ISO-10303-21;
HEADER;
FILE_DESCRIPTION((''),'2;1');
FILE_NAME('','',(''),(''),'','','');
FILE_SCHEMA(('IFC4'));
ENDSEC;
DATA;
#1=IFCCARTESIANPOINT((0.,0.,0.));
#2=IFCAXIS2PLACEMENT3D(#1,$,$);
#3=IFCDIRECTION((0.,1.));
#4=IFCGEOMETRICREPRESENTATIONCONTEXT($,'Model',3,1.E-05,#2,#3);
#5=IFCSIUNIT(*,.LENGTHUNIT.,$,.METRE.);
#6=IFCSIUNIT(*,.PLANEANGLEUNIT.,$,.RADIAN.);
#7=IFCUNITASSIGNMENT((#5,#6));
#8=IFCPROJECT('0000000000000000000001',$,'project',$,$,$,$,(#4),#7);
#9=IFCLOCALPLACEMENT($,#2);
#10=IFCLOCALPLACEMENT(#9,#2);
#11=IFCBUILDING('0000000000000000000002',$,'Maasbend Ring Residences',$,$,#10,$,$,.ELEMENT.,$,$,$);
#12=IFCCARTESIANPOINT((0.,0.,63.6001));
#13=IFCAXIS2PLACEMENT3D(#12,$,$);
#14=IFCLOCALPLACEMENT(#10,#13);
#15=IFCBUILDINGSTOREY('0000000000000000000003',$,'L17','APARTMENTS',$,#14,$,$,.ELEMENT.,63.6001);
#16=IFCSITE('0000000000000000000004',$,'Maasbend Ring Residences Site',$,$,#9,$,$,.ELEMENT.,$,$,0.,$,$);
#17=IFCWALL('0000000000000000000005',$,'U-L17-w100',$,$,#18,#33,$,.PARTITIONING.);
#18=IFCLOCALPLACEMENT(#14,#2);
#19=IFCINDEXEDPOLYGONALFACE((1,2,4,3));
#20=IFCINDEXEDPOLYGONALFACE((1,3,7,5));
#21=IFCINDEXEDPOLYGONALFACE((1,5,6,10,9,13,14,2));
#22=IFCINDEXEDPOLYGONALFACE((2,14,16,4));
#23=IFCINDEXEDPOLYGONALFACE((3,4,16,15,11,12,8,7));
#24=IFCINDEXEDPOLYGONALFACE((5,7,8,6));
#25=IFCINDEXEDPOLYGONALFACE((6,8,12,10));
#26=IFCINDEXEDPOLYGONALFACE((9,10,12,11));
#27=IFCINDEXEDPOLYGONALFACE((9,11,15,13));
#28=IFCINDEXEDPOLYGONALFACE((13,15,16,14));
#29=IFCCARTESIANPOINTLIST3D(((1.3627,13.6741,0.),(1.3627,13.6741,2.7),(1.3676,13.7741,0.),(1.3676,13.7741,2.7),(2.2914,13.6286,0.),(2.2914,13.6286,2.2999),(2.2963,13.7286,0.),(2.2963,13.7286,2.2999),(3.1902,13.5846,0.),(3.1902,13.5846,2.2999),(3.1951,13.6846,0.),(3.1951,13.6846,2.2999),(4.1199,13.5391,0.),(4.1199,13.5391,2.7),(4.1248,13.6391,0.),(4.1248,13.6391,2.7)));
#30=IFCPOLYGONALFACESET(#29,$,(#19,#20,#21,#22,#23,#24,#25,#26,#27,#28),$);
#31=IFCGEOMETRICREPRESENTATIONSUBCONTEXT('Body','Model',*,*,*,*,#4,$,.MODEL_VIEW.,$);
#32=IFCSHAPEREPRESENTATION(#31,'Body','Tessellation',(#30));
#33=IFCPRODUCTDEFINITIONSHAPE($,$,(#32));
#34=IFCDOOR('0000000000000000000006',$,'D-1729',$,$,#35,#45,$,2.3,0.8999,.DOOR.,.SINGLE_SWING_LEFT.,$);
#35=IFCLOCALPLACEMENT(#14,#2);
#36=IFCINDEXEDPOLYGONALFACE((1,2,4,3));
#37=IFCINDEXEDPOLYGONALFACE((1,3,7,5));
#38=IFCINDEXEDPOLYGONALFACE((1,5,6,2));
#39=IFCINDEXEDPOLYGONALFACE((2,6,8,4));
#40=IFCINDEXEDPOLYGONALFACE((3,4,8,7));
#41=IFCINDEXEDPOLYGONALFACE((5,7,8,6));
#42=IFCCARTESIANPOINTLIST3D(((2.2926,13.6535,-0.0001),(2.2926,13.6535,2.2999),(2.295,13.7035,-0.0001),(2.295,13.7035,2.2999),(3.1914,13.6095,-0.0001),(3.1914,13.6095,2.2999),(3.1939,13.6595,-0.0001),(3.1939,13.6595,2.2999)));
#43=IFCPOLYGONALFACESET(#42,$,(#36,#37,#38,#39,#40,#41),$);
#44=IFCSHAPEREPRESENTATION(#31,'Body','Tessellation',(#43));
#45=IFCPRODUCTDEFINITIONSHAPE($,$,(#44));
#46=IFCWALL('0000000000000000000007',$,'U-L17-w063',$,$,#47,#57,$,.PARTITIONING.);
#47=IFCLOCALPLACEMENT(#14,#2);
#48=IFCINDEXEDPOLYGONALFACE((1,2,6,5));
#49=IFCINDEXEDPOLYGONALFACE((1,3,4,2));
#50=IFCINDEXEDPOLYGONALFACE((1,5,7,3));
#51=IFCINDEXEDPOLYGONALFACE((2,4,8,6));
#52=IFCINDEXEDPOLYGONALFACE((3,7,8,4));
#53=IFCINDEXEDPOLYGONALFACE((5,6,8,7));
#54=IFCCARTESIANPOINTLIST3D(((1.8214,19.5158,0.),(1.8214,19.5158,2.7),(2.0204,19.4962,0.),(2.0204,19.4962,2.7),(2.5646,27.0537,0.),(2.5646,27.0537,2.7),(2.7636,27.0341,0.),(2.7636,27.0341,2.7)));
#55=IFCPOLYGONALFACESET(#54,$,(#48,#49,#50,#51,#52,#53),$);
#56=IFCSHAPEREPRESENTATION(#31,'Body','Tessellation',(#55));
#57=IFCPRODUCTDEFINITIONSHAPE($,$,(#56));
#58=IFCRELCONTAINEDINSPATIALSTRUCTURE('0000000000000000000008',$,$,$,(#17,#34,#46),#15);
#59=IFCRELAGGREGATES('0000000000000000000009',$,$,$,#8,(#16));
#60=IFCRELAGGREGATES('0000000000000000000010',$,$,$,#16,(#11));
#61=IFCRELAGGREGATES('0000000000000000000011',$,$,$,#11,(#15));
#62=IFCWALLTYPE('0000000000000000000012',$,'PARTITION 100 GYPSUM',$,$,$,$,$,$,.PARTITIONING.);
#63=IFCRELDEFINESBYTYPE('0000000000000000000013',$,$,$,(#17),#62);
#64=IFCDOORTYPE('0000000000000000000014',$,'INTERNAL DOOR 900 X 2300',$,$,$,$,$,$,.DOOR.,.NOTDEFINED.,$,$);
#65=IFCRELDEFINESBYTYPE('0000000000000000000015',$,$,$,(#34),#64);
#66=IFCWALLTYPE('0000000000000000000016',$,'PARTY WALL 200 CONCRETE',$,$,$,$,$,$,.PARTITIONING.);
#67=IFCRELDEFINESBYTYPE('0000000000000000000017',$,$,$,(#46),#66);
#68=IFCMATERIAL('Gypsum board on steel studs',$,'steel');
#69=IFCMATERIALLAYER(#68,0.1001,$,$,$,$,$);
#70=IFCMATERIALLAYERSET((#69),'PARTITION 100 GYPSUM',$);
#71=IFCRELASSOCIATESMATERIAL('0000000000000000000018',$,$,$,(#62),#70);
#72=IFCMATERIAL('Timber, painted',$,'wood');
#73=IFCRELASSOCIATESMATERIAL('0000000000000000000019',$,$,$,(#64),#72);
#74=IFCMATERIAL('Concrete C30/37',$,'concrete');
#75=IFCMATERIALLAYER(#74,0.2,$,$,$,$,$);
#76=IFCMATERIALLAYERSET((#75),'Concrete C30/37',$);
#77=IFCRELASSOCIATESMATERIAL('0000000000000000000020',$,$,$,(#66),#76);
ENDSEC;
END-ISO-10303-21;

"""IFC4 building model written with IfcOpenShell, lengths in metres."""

from ifc_helpers import new_model, si_unit, direction, frame, frame_2d, origin, place, context, subcontext, project, spatial, rectangle, extrude, material, layer, layer_set, type_object, element, fill, save


model = new_model("IFC4")

# Units and contexts
model_context = context("Model", 3, precision=1e-05, world=origin(), true_north=direction((0.0, 1.0)))
body_context = subcontext(model_context, "Body", "Model", "MODEL_VIEW")
ifc_project = project(units=[si_unit("LENGTHUNIT", "METRE"), si_unit("PLANEANGLEUNIT", "RADIAN")], contexts=[model_context])

# Site, building, storey
site_placement = place(None, origin())
site = spatial("IfcSite", under=ifc_project, at=site_placement, Name="Maasbend Ring Residences Site", CompositionType="ELEMENT", RefElevation=0.0)
building_placement = place(site_placement, origin())
building = spatial("IfcBuilding", under=site, at=building_placement, Name="Maasbend Ring Residences", CompositionType="ELEMENT")
storey_placement = place(building_placement, frame((0.0, 0.0, 63.6001)))
storey = spatial("IfcBuildingStorey", under=building, at=storey_placement, Name="L17", Description="APARTMENTS", CompositionType="ELEMENT", Elevation=63.6001)

# Shared definitions
ifc_material_1 = material(Name="Gypsum board on steel studs", Category="steel")
ifc_layer_1 = layer(ifc_material_1, 0.1001)
ifc_layer_set_1 = layer_set([ifc_layer_1], Name="PARTITION 100 GYPSUM")
wall_type_1 = type_object("IfcWallType", Name="PARTITION 100 GYPSUM", PredefinedType="PARTITIONING", material=ifc_layer_set_1)

# Shared definitions
ifc_material_2 = material(Name="Timber, painted", Category="wood")
door_type_1 = type_object("IfcDoorType", Name="INTERNAL DOOR 900 X 2300", OperationType="NOTDEFINED", PredefinedType="DOOR", material=ifc_material_2)

# Wall, opening, door
wall_1_placement = place(storey_placement, frame((1.365, 13.7241, 0.0), z_axis=(0.0, 0.0, 1.0), x_axis=(0.998803, -0.04891, 0.0)))
wall_1 = element("IfcWall", 1, at=wall_1_placement, inside=storey, type_object=wall_type_1, Name="U-L17-w100", PredefinedType="PARTITIONING", context=body_context, shape_type="SweptSolid", body=[
    extrude(rectangle(XDim=2.7605, YDim=0.1001, at=frame_2d((1.3804, 0.0))), origin(), (0.0, 0.0, 1.0), 2.7),
])
opening_1_placement = place(wall_1_placement, frame((0.9299, 0.0, 0.0)))
opening_1 = element("IfcOpeningElement", 2, at=opening_1_placement, cuts=wall_1, PredefinedType="OPENING", context=body_context, shape_type="SweptSolid", body=[
    extrude(rectangle(XDim=0.8999, YDim=2.3, at=frame_2d((0.45, 1.1499))), frame((0.0, 0.0601, 0.0), z_axis=(0.0, -1.0, 0.0), x_axis=(1.0, 0.0, 0.0)), (0.0, 0.0, 1.0), 0.1201),
])
door_1_placement = place(opening_1_placement, origin())
door_1 = element("IfcDoor", 3, at=door_1_placement, inside=storey, type_object=door_type_1, Name="D-1729", OperationType="SINGLE_SWING_LEFT", OverallHeight=2.3, OverallWidth=0.8999, PredefinedType="DOOR", context=body_context, shape_type="SweptSolid", body=[
    extrude(rectangle(XDim=0.8999, YDim=2.3, at=frame_2d((0.45, 1.1499))), frame((0.0, 0.0249, 0.0), z_axis=(0.0, -1.0, 0.0), x_axis=(1.0, 0.0, 0.0)), (0.0, 0.0, 1.0), 0.05),
])
fill(opening_1, door_1)

# Wall
ifc_material_3 = material(Name="Concrete C30/37", Category="concrete")
ifc_layer_2 = layer(ifc_material_3, 0.2)
ifc_layer_set_2 = layer_set([ifc_layer_2], Name="Concrete C30/37")
wall_type_2 = type_object("IfcWallType", Name="PARTY WALL 200 CONCRETE", PredefinedType="PARTITIONING", material=ifc_layer_set_2)
wall_2_placement = place(storey_placement, frame((1.9209, 19.5061, 0.0), z_axis=(0.0, 0.0, 1.0), x_axis=(0.098115, 0.995175, 0.0)))
element("IfcWall", 4, at=wall_2_placement, inside=storey, type_object=wall_type_2, Name="U-L17-w063", PredefinedType="PARTITIONING", context=body_context, shape_type="SweptSolid", body=[
    extrude(rectangle(XDim=7.5745, YDim=0.2, at=frame_2d((3.7871, 0.0))), origin(), (0.0, 0.0, 1.0), 2.7),
])

save(model, "model.ifc")
